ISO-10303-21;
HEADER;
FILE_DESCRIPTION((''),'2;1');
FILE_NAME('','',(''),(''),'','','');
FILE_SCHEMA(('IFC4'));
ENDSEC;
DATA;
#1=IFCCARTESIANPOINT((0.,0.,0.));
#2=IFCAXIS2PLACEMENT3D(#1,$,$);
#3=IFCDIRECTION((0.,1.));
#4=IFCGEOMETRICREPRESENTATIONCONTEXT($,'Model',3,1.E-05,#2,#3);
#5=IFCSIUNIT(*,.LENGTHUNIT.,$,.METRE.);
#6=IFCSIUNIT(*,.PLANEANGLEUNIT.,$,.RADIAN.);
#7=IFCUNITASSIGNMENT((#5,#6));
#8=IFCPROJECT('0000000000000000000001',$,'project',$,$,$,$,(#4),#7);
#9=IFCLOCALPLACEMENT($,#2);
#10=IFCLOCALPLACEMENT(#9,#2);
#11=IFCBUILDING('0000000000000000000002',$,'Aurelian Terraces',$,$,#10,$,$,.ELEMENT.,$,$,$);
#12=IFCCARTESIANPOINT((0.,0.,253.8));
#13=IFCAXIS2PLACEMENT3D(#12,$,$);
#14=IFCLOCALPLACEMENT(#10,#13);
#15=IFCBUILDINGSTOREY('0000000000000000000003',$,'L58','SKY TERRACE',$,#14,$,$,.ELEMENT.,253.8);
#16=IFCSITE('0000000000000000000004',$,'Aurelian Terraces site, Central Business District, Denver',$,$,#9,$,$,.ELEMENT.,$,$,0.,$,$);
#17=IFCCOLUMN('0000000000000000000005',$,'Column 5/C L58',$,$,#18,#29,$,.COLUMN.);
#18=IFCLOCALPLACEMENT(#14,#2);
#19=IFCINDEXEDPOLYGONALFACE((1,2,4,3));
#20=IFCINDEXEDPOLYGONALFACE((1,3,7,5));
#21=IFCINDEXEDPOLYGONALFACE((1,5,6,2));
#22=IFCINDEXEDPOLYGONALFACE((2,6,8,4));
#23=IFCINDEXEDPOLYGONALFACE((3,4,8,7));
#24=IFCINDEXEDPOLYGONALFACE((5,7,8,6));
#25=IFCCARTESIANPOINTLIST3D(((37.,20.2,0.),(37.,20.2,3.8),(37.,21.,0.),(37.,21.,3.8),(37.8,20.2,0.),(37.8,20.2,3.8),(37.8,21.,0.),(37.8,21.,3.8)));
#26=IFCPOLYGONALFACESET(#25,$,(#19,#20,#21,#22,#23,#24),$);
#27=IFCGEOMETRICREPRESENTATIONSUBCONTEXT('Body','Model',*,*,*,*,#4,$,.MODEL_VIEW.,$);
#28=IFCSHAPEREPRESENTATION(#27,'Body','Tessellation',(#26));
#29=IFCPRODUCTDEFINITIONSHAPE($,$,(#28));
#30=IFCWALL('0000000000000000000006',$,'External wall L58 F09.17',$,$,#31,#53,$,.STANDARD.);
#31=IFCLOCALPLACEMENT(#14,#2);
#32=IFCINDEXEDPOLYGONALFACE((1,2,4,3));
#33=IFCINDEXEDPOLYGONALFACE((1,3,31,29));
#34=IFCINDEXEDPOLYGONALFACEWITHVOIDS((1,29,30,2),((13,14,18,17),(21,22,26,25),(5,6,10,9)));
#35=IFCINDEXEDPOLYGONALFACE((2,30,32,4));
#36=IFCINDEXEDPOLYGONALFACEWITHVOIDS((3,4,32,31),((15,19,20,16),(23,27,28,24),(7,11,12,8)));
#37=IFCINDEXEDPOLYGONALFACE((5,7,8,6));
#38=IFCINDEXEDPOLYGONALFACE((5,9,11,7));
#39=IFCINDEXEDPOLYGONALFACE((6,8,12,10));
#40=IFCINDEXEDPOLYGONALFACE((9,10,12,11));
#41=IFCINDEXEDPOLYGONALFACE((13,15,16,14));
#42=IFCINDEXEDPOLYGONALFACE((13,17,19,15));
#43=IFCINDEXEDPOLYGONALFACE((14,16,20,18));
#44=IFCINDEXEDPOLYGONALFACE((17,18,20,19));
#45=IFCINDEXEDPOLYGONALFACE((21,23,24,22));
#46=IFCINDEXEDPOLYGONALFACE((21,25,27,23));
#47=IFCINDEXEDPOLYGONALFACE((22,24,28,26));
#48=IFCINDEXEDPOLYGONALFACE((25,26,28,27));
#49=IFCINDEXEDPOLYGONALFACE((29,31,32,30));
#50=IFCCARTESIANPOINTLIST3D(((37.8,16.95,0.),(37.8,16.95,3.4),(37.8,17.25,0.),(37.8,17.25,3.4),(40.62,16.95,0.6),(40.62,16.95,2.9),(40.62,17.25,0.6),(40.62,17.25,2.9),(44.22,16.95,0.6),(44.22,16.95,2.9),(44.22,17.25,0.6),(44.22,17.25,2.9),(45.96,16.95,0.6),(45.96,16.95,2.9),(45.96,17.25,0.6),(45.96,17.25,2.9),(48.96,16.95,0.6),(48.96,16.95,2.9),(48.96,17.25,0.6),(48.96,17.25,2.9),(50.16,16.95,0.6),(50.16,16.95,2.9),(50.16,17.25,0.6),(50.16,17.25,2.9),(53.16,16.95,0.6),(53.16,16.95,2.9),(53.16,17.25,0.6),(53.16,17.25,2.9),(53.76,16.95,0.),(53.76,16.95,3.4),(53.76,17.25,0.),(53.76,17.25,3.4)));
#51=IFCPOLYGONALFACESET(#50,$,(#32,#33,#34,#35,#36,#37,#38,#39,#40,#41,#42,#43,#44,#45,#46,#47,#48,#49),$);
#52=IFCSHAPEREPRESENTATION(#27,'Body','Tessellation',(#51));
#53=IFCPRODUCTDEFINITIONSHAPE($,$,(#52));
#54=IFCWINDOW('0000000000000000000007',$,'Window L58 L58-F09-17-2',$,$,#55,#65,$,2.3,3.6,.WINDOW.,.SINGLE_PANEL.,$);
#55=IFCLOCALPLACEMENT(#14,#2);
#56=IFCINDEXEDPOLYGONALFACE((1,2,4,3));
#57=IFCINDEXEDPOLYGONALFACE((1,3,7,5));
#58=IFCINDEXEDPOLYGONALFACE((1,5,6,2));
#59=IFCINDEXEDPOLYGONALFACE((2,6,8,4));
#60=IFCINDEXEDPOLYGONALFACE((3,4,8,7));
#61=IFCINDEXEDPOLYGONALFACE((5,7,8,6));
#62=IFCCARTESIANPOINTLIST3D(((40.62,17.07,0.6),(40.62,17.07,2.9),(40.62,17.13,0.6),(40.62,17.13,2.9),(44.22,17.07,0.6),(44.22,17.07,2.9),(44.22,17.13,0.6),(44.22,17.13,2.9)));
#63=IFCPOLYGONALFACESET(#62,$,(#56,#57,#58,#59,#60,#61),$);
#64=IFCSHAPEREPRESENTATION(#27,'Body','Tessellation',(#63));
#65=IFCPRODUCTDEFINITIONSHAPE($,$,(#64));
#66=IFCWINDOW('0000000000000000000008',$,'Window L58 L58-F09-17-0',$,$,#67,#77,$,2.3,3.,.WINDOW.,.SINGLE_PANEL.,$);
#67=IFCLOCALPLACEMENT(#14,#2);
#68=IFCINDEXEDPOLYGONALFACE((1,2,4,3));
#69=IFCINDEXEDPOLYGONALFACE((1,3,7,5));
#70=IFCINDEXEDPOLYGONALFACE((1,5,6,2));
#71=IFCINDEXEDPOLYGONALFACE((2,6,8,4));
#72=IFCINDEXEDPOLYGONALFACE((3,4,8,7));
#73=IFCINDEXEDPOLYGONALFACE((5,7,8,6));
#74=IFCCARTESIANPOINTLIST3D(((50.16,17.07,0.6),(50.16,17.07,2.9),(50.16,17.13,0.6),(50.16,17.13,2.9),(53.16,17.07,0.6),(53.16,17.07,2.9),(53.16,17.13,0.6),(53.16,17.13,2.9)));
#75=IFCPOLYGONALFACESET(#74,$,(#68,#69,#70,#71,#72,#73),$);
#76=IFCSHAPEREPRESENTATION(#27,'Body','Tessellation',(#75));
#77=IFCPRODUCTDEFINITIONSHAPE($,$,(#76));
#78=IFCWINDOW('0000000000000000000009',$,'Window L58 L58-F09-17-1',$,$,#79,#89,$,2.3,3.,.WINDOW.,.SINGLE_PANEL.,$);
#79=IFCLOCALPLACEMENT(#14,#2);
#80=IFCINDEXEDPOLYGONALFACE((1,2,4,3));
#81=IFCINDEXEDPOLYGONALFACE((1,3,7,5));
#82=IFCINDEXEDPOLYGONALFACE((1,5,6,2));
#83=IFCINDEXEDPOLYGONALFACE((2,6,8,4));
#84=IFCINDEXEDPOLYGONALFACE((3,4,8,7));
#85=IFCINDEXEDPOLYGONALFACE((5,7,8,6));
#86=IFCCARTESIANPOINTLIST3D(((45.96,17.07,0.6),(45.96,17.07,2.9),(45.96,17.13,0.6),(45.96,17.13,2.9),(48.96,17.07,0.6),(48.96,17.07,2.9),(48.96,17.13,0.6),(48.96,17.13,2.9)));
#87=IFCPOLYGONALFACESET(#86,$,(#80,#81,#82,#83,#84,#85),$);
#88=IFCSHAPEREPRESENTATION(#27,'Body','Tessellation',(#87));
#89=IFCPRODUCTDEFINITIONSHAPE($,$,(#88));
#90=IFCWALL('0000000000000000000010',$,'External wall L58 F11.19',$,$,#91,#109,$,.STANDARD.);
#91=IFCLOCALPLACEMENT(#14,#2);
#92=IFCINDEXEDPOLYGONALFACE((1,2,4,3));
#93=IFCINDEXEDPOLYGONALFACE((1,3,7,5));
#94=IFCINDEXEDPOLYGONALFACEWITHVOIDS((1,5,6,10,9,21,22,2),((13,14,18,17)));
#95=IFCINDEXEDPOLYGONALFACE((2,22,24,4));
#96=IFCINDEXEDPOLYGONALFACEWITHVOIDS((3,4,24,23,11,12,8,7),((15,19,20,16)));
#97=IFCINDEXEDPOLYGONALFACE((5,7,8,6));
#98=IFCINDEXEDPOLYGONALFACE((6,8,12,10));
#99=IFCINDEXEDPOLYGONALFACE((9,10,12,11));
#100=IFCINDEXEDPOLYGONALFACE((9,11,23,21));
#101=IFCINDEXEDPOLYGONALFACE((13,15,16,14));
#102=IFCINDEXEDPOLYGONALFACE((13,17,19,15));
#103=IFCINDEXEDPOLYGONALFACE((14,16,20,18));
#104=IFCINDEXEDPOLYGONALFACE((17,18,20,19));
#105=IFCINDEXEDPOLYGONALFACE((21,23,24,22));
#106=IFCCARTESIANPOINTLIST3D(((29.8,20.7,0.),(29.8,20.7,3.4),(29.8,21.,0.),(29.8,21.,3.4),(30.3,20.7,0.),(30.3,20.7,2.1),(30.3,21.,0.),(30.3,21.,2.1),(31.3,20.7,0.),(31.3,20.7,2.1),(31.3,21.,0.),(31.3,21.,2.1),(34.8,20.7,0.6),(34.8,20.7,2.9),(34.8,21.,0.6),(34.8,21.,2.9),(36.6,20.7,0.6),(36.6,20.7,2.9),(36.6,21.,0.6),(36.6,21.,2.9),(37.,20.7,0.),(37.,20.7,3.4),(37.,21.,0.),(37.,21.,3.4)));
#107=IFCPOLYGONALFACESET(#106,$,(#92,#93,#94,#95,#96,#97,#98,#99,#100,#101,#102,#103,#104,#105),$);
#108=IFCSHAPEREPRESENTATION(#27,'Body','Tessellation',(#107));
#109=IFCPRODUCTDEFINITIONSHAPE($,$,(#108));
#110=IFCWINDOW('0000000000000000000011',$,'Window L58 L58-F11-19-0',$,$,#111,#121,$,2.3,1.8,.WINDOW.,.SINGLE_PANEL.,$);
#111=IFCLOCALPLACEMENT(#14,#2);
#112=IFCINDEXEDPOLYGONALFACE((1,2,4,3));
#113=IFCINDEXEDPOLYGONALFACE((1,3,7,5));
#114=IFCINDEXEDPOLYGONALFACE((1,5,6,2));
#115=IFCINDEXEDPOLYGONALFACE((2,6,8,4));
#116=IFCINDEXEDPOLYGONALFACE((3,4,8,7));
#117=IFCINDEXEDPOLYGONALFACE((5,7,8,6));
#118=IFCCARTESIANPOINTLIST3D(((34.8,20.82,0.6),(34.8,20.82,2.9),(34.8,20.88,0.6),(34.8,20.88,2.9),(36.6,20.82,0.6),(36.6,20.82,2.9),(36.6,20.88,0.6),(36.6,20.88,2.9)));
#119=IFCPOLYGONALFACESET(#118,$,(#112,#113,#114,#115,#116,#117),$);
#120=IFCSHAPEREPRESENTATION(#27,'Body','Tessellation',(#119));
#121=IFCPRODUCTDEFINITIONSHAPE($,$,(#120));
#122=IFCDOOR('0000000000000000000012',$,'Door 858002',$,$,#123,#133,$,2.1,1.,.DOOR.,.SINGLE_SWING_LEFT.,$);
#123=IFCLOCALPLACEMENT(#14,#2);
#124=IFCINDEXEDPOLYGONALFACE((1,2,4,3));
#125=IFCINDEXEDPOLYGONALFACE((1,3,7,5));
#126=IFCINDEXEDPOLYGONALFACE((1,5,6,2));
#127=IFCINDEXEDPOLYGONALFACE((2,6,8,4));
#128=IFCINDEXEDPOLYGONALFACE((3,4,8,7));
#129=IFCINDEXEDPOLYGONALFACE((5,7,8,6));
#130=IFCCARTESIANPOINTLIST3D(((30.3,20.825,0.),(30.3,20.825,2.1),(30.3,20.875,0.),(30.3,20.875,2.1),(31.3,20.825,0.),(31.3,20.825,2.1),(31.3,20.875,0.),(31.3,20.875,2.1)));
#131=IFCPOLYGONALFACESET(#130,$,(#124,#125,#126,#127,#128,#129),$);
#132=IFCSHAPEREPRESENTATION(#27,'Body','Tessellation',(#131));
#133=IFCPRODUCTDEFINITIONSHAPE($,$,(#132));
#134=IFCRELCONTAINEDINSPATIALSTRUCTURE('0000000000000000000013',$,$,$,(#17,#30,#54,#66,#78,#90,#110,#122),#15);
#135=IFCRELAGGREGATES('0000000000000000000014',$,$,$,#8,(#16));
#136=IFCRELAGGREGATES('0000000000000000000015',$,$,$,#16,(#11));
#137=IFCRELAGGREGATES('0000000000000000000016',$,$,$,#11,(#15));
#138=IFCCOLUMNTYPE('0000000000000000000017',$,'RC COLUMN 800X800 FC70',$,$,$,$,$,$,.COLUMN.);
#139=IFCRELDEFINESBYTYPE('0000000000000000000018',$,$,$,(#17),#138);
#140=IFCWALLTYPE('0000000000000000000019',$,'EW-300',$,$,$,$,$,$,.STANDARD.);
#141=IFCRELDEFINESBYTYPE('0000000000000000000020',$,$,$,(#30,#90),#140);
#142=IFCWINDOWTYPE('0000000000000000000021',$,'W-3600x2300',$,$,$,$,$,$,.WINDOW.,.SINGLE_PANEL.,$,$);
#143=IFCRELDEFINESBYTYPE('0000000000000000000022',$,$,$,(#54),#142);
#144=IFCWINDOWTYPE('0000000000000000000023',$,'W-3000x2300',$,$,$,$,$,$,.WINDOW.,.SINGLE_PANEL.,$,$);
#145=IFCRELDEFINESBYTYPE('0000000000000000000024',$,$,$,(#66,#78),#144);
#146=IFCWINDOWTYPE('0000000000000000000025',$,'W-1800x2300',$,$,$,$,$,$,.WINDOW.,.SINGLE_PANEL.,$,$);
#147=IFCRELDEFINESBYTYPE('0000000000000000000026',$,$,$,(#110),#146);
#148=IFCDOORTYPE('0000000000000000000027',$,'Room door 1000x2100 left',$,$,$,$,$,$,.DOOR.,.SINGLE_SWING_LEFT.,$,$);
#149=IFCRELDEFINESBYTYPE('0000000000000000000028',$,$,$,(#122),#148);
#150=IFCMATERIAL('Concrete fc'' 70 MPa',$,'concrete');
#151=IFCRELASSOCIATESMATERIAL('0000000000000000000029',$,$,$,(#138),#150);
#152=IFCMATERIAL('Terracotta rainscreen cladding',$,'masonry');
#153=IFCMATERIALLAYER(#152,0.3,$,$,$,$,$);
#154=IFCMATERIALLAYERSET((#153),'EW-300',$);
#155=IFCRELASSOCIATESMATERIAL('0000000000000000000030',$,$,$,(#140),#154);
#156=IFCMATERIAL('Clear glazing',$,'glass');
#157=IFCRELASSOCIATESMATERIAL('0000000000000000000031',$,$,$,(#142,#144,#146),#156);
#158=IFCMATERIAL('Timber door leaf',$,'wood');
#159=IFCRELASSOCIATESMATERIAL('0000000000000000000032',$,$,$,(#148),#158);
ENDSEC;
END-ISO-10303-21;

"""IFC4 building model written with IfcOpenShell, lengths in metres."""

from ifc_helpers import new_model, si_unit, direction, frame, frame_2d, origin, origin_2d, place, context, subcontext, project, spatial, rectangle, extrude, source, transform, mapped, material, layer, layer_set, material_profile, profile_set, type_object, element, fill, save


model = new_model("IFC4")

# Units and contexts
model_context = context("Model", 3, precision=1e-05, world=origin(), true_north=direction((0.0, 1.0)))
body_context = subcontext(model_context, "Body", "Model", "MODEL_VIEW")
ifc_project = project(units=[si_unit("LENGTHUNIT", "METRE"), si_unit("PLANEANGLEUNIT", "RADIAN")], contexts=[model_context])

# Site, building, storey
site_placement = place(None, origin())
site = spatial("IfcSite", under=ifc_project, at=site_placement, Name="Aurelian Terraces site, Central Business District, Denver", CompositionType="ELEMENT", RefElevation=0.0)
building_placement = place(site_placement, origin())
building = spatial("IfcBuilding", under=site, at=building_placement, Name="Aurelian Terraces", CompositionType="ELEMENT")
storey_placement = place(building_placement, frame((0.0, 0.0, 253.8)))
storey = spatial("IfcBuildingStorey", under=building, at=storey_placement, Name="L58", Description="SKY TERRACE", CompositionType="ELEMENT", Elevation=253.8)

# Column
ifc_material_1 = material(Name="Concrete fc' 70 MPa", Category="concrete")
ifc_material_profile = material_profile(ifc_material_1, rectangle(XDim=0.8, YDim=0.8, at=origin_2d()))
ifc_profile_set = profile_set([ifc_material_profile], Name="Concrete fc' 70 MPa")
column_type = type_object("IfcColumnType", Name="RC COLUMN 800X800 FC70", PredefinedType="COLUMN", material=ifc_profile_set)
shared_shape_1 = source(origin(), body_context, "Body", "SweptSolid", [
    extrude(rectangle(XDim=0.8, YDim=0.8, at=origin_2d()), origin(), (0.0, 0.0, 1.0), 3.8),
])
column_placement = place(storey_placement, frame((37.4, 20.6, 0.0), z_axis=(0.0, 0.0, 1.0), x_axis=(1.0, 0.0, 0.0)))
element("IfcColumn", 1, at=column_placement, inside=storey, type_object=column_type, Name="Column 5/C L58", PredefinedType="COLUMN", context=body_context, shape_type="MappedRepresentation", body=[
    mapped(shared_shape_1, transform((0.0, 0.0, 0.0), scale=1.0)),
])

# Wall, openings, windows
ifc_material_2 = material(Name="Terracotta rainscreen cladding", Category="masonry")
ifc_layer_1 = layer(ifc_material_2, 0.3)
ifc_layer_set_1 = layer_set([ifc_layer_1], Name="EW-300")
wall_type_1 = type_object("IfcWallType", Name="EW-300", PredefinedType="STANDARD", material=ifc_layer_set_1)
shared_shape_2 = source(origin(), body_context, "Body", "SweptSolid", [
    extrude(rectangle(XDim=15.96, YDim=0.3, at=frame_2d((7.98, 0.0))), origin(), (0.0, 0.0, 1.0), 3.4),
])
wall_1_placement = place(storey_placement, frame((53.76, 17.1, 0.0), z_axis=(0.0, 0.0, 1.0), x_axis=(-1.0, 0.0, 0.0)))
wall_1 = element("IfcWall", 2, at=wall_1_placement, inside=storey, type_object=wall_type_1, Name="External wall L58 F09.17", PredefinedType="STANDARD", context=body_context, shape_type="MappedRepresentation", body=[
    mapped(shared_shape_2, transform((0.0, 0.0, 0.0), scale=1.0)),
])
shared_shape_3 = source(origin(), body_context, "Body", "SweptSolid", [
    extrude(rectangle(XDim=3.0, YDim=2.3, at=frame_2d((1.5, 1.15))), frame((0.0, 0.16, 0.0), z_axis=(0.0, -1.0, 0.0), x_axis=(1.0, 0.0, 0.0)), (0.0, 0.0, 1.0), 0.32),
])
opening_1_placement = place(wall_1_placement, frame((0.6, 0.0, 0.6)))
opening_1 = element("IfcOpeningElement", 3, at=opening_1_placement, cuts=wall_1, PredefinedType="OPENING", context=body_context, shape_type="MappedRepresentation", body=[
    mapped(shared_shape_3, transform((0.0, 0.0, 0.0), scale=1.0)),
])
opening_2_placement = place(wall_1_placement, frame((4.8, 0.0, 0.6)))
opening_2 = element("IfcOpeningElement", 4, at=opening_2_placement, cuts=wall_1, PredefinedType="OPENING", context=body_context, shape_type="MappedRepresentation", body=[
    mapped(shared_shape_3, transform((0.0, 0.0, 0.0), scale=1.0)),
])
shared_shape_4 = source(origin(), body_context, "Body", "SweptSolid", [
    extrude(rectangle(XDim=3.6, YDim=2.3, at=frame_2d((1.8, 1.15))), frame((0.0, 0.16, 0.0), z_axis=(0.0, -1.0, 0.0), x_axis=(1.0, 0.0, 0.0)), (0.0, 0.0, 1.0), 0.32),
])
opening_3_placement = place(wall_1_placement, frame((9.54, 0.0, 0.6)))
opening_3 = element("IfcOpeningElement", 5, at=opening_3_placement, cuts=wall_1, PredefinedType="OPENING", context=body_context, shape_type="MappedRepresentation", body=[
    mapped(shared_shape_4, transform((0.0, 0.0, 0.0), scale=1.0)),
])
ifc_material_3 = material(Name="Clear glazing", Category="glass")
window_type_1 = type_object("IfcWindowType", Name="W-3600x2300", PartitioningType="SINGLE_PANEL", PredefinedType="WINDOW", material=ifc_material_3)
shared_shape_5 = source(origin(), body_context, "Body", "SweptSolid", [
    extrude(rectangle(XDim=3.6, YDim=2.3, at=frame_2d((1.8, 1.15))), frame((0.0, 0.03, 0.0), z_axis=(0.0, -1.0, 0.0), x_axis=(1.0, 0.0, 0.0)), (0.0, 0.0, 1.0), 0.06),
])
window_1_placement = place(opening_3_placement, origin())
window_1 = element("IfcWindow", 6, at=window_1_placement, inside=storey, type_object=window_type_1, Name="Window L58 L58-F09-17-2", OverallHeight=2.3, OverallWidth=3.6, PartitioningType="SINGLE_PANEL", PredefinedType="WINDOW", context=body_context, shape_type="MappedRepresentation", body=[
    mapped(shared_shape_5, transform((0.0, 0.0, 0.0), scale=1.0)),
])
fill(opening_3, window_1)
window_type_2 = type_object("IfcWindowType", Name="W-3000x2300", PartitioningType="SINGLE_PANEL", PredefinedType="WINDOW", material=ifc_material_3)
shared_shape_6 = source(origin(), body_context, "Body", "SweptSolid", [
    extrude(rectangle(XDim=3.0, YDim=2.3, at=frame_2d((1.5, 1.15))), frame((0.0, 0.03, 0.0), z_axis=(0.0, -1.0, 0.0), x_axis=(1.0, 0.0, 0.0)), (0.0, 0.0, 1.0), 0.06),
])
window_2_placement = place(opening_1_placement, origin())
window_2 = element("IfcWindow", 7, at=window_2_placement, inside=storey, type_object=window_type_2, Name="Window L58 L58-F09-17-0", OverallHeight=2.3, OverallWidth=3.0, PartitioningType="SINGLE_PANEL", PredefinedType="WINDOW", context=body_context, shape_type="MappedRepresentation", body=[
    mapped(shared_shape_6, transform((0.0, 0.0, 0.0), scale=1.0)),
])
fill(opening_1, window_2)
window_3_placement = place(opening_2_placement, origin())
window_3 = element("IfcWindow", 8, at=window_3_placement, inside=storey, type_object=window_type_2, Name="Window L58 L58-F09-17-1", OverallHeight=2.3, OverallWidth=3.0, PartitioningType="SINGLE_PANEL", PredefinedType="WINDOW", context=body_context, shape_type="MappedRepresentation", body=[
    mapped(shared_shape_6, transform((0.0, 0.0, 0.0), scale=1.0)),
])
fill(opening_2, window_3)

# Wall, openings, window, door
shared_shape_7 = source(origin(), body_context, "Body", "SweptSolid", [
    extrude(rectangle(XDim=7.2, YDim=0.3, at=frame_2d((3.6, 0.0))), origin(), (0.0, 0.0, 1.0), 3.4),
])
wall_2_placement = place(storey_placement, frame((37.0, 20.85, 0.0), z_axis=(0.0, 0.0, 1.0), x_axis=(-1.0, 0.0, 0.0)))
wall_2 = element("IfcWall", 9, at=wall_2_placement, inside=storey, type_object=wall_type_1, Name="External wall L58 F11.19", PredefinedType="STANDARD", context=body_context, shape_type="MappedRepresentation", body=[
    mapped(shared_shape_7, transform((0.0, 0.0, 0.0), scale=1.0)),
])
shared_shape_8 = source(origin(), body_context, "Body", "SweptSolid", [
    extrude(rectangle(XDim=1.8, YDim=2.3, at=frame_2d((0.9, 1.15))), frame((0.0, 0.16, 0.0), z_axis=(0.0, -1.0, 0.0), x_axis=(1.0, 0.0, 0.0)), (0.0, 0.0, 1.0), 0.32),
])
opening_4_placement = place(wall_2_placement, frame((0.4, 0.0, 0.6)))
opening_4 = element("IfcOpeningElement", 10, at=opening_4_placement, cuts=wall_2, PredefinedType="OPENING", context=body_context, shape_type="MappedRepresentation", body=[
    mapped(shared_shape_8, transform((0.0, 0.0, 0.0), scale=1.0)),
])
shared_shape_9 = source(origin(), body_context, "Body", "SweptSolid", [
    extrude(rectangle(XDim=1.0, YDim=2.1, at=frame_2d((0.5, 1.05))), frame((0.0, 0.16, 0.0), z_axis=(0.0, -1.0, 0.0), x_axis=(1.0, 0.0, 0.0)), (0.0, 0.0, 1.0), 0.32),
])
opening_5_placement = place(wall_2_placement, frame((5.7, 0.0, 0.0)))
opening_5 = element("IfcOpeningElement", 11, at=opening_5_placement, cuts=wall_2, PredefinedType="OPENING", context=body_context, shape_type="MappedRepresentation", body=[
    mapped(shared_shape_9, transform((0.0, 0.0, 0.0), scale=1.0)),
])
window_type_3 = type_object("IfcWindowType", Name="W-1800x2300", PartitioningType="SINGLE_PANEL", PredefinedType="WINDOW", material=ifc_material_3)
shared_shape_10 = source(origin(), body_context, "Body", "SweptSolid", [
    extrude(rectangle(XDim=1.8, YDim=2.3, at=frame_2d((0.9, 1.15))), frame((0.0, 0.03, 0.0), z_axis=(0.0, -1.0, 0.0), x_axis=(1.0, 0.0, 0.0)), (0.0, 0.0, 1.0), 0.06),
])
window_4_placement = place(opening_4_placement, origin())
window_4 = element("IfcWindow", 12, at=window_4_placement, inside=storey, type_object=window_type_3, Name="Window L58 L58-F11-19-0", OverallHeight=2.3, OverallWidth=1.8, PartitioningType="SINGLE_PANEL", PredefinedType="WINDOW", context=body_context, shape_type="MappedRepresentation", body=[
    mapped(shared_shape_10, transform((0.0, 0.0, 0.0), scale=1.0)),
])
fill(opening_4, window_4)
ifc_material_4 = material(Name="Timber door leaf", Category="wood")
door_type_1 = type_object("IfcDoorType", Name="Room door 1000x2100 left", OperationType="SINGLE_SWING_LEFT", PredefinedType="DOOR", material=ifc_material_4)
shared_shape_11 = source(origin(), body_context, "Body", "SweptSolid", [
    extrude(rectangle(XDim=1.0, YDim=2.1, at=frame_2d((0.5, 1.05))), frame((0.0, 0.025, 0.0), z_axis=(0.0, -1.0, 0.0), x_axis=(1.0, 0.0, 0.0)), (0.0, 0.0, 1.0), 0.05),
])
door_1_placement = place(opening_5_placement, origin())
door_1 = element("IfcDoor", 13, at=door_1_placement, inside=storey, type_object=door_type_1, Name="Door 858002", OperationType="SINGLE_SWING_LEFT", OverallHeight=2.1, OverallWidth=1.0, PredefinedType="DOOR", context=body_context, shape_type="MappedRepresentation", body=[
    mapped(shared_shape_11, transform((0.0, 0.0, 0.0), scale=1.0)),
])
fill(opening_5, door_1)

save(model, "model.ifc")
